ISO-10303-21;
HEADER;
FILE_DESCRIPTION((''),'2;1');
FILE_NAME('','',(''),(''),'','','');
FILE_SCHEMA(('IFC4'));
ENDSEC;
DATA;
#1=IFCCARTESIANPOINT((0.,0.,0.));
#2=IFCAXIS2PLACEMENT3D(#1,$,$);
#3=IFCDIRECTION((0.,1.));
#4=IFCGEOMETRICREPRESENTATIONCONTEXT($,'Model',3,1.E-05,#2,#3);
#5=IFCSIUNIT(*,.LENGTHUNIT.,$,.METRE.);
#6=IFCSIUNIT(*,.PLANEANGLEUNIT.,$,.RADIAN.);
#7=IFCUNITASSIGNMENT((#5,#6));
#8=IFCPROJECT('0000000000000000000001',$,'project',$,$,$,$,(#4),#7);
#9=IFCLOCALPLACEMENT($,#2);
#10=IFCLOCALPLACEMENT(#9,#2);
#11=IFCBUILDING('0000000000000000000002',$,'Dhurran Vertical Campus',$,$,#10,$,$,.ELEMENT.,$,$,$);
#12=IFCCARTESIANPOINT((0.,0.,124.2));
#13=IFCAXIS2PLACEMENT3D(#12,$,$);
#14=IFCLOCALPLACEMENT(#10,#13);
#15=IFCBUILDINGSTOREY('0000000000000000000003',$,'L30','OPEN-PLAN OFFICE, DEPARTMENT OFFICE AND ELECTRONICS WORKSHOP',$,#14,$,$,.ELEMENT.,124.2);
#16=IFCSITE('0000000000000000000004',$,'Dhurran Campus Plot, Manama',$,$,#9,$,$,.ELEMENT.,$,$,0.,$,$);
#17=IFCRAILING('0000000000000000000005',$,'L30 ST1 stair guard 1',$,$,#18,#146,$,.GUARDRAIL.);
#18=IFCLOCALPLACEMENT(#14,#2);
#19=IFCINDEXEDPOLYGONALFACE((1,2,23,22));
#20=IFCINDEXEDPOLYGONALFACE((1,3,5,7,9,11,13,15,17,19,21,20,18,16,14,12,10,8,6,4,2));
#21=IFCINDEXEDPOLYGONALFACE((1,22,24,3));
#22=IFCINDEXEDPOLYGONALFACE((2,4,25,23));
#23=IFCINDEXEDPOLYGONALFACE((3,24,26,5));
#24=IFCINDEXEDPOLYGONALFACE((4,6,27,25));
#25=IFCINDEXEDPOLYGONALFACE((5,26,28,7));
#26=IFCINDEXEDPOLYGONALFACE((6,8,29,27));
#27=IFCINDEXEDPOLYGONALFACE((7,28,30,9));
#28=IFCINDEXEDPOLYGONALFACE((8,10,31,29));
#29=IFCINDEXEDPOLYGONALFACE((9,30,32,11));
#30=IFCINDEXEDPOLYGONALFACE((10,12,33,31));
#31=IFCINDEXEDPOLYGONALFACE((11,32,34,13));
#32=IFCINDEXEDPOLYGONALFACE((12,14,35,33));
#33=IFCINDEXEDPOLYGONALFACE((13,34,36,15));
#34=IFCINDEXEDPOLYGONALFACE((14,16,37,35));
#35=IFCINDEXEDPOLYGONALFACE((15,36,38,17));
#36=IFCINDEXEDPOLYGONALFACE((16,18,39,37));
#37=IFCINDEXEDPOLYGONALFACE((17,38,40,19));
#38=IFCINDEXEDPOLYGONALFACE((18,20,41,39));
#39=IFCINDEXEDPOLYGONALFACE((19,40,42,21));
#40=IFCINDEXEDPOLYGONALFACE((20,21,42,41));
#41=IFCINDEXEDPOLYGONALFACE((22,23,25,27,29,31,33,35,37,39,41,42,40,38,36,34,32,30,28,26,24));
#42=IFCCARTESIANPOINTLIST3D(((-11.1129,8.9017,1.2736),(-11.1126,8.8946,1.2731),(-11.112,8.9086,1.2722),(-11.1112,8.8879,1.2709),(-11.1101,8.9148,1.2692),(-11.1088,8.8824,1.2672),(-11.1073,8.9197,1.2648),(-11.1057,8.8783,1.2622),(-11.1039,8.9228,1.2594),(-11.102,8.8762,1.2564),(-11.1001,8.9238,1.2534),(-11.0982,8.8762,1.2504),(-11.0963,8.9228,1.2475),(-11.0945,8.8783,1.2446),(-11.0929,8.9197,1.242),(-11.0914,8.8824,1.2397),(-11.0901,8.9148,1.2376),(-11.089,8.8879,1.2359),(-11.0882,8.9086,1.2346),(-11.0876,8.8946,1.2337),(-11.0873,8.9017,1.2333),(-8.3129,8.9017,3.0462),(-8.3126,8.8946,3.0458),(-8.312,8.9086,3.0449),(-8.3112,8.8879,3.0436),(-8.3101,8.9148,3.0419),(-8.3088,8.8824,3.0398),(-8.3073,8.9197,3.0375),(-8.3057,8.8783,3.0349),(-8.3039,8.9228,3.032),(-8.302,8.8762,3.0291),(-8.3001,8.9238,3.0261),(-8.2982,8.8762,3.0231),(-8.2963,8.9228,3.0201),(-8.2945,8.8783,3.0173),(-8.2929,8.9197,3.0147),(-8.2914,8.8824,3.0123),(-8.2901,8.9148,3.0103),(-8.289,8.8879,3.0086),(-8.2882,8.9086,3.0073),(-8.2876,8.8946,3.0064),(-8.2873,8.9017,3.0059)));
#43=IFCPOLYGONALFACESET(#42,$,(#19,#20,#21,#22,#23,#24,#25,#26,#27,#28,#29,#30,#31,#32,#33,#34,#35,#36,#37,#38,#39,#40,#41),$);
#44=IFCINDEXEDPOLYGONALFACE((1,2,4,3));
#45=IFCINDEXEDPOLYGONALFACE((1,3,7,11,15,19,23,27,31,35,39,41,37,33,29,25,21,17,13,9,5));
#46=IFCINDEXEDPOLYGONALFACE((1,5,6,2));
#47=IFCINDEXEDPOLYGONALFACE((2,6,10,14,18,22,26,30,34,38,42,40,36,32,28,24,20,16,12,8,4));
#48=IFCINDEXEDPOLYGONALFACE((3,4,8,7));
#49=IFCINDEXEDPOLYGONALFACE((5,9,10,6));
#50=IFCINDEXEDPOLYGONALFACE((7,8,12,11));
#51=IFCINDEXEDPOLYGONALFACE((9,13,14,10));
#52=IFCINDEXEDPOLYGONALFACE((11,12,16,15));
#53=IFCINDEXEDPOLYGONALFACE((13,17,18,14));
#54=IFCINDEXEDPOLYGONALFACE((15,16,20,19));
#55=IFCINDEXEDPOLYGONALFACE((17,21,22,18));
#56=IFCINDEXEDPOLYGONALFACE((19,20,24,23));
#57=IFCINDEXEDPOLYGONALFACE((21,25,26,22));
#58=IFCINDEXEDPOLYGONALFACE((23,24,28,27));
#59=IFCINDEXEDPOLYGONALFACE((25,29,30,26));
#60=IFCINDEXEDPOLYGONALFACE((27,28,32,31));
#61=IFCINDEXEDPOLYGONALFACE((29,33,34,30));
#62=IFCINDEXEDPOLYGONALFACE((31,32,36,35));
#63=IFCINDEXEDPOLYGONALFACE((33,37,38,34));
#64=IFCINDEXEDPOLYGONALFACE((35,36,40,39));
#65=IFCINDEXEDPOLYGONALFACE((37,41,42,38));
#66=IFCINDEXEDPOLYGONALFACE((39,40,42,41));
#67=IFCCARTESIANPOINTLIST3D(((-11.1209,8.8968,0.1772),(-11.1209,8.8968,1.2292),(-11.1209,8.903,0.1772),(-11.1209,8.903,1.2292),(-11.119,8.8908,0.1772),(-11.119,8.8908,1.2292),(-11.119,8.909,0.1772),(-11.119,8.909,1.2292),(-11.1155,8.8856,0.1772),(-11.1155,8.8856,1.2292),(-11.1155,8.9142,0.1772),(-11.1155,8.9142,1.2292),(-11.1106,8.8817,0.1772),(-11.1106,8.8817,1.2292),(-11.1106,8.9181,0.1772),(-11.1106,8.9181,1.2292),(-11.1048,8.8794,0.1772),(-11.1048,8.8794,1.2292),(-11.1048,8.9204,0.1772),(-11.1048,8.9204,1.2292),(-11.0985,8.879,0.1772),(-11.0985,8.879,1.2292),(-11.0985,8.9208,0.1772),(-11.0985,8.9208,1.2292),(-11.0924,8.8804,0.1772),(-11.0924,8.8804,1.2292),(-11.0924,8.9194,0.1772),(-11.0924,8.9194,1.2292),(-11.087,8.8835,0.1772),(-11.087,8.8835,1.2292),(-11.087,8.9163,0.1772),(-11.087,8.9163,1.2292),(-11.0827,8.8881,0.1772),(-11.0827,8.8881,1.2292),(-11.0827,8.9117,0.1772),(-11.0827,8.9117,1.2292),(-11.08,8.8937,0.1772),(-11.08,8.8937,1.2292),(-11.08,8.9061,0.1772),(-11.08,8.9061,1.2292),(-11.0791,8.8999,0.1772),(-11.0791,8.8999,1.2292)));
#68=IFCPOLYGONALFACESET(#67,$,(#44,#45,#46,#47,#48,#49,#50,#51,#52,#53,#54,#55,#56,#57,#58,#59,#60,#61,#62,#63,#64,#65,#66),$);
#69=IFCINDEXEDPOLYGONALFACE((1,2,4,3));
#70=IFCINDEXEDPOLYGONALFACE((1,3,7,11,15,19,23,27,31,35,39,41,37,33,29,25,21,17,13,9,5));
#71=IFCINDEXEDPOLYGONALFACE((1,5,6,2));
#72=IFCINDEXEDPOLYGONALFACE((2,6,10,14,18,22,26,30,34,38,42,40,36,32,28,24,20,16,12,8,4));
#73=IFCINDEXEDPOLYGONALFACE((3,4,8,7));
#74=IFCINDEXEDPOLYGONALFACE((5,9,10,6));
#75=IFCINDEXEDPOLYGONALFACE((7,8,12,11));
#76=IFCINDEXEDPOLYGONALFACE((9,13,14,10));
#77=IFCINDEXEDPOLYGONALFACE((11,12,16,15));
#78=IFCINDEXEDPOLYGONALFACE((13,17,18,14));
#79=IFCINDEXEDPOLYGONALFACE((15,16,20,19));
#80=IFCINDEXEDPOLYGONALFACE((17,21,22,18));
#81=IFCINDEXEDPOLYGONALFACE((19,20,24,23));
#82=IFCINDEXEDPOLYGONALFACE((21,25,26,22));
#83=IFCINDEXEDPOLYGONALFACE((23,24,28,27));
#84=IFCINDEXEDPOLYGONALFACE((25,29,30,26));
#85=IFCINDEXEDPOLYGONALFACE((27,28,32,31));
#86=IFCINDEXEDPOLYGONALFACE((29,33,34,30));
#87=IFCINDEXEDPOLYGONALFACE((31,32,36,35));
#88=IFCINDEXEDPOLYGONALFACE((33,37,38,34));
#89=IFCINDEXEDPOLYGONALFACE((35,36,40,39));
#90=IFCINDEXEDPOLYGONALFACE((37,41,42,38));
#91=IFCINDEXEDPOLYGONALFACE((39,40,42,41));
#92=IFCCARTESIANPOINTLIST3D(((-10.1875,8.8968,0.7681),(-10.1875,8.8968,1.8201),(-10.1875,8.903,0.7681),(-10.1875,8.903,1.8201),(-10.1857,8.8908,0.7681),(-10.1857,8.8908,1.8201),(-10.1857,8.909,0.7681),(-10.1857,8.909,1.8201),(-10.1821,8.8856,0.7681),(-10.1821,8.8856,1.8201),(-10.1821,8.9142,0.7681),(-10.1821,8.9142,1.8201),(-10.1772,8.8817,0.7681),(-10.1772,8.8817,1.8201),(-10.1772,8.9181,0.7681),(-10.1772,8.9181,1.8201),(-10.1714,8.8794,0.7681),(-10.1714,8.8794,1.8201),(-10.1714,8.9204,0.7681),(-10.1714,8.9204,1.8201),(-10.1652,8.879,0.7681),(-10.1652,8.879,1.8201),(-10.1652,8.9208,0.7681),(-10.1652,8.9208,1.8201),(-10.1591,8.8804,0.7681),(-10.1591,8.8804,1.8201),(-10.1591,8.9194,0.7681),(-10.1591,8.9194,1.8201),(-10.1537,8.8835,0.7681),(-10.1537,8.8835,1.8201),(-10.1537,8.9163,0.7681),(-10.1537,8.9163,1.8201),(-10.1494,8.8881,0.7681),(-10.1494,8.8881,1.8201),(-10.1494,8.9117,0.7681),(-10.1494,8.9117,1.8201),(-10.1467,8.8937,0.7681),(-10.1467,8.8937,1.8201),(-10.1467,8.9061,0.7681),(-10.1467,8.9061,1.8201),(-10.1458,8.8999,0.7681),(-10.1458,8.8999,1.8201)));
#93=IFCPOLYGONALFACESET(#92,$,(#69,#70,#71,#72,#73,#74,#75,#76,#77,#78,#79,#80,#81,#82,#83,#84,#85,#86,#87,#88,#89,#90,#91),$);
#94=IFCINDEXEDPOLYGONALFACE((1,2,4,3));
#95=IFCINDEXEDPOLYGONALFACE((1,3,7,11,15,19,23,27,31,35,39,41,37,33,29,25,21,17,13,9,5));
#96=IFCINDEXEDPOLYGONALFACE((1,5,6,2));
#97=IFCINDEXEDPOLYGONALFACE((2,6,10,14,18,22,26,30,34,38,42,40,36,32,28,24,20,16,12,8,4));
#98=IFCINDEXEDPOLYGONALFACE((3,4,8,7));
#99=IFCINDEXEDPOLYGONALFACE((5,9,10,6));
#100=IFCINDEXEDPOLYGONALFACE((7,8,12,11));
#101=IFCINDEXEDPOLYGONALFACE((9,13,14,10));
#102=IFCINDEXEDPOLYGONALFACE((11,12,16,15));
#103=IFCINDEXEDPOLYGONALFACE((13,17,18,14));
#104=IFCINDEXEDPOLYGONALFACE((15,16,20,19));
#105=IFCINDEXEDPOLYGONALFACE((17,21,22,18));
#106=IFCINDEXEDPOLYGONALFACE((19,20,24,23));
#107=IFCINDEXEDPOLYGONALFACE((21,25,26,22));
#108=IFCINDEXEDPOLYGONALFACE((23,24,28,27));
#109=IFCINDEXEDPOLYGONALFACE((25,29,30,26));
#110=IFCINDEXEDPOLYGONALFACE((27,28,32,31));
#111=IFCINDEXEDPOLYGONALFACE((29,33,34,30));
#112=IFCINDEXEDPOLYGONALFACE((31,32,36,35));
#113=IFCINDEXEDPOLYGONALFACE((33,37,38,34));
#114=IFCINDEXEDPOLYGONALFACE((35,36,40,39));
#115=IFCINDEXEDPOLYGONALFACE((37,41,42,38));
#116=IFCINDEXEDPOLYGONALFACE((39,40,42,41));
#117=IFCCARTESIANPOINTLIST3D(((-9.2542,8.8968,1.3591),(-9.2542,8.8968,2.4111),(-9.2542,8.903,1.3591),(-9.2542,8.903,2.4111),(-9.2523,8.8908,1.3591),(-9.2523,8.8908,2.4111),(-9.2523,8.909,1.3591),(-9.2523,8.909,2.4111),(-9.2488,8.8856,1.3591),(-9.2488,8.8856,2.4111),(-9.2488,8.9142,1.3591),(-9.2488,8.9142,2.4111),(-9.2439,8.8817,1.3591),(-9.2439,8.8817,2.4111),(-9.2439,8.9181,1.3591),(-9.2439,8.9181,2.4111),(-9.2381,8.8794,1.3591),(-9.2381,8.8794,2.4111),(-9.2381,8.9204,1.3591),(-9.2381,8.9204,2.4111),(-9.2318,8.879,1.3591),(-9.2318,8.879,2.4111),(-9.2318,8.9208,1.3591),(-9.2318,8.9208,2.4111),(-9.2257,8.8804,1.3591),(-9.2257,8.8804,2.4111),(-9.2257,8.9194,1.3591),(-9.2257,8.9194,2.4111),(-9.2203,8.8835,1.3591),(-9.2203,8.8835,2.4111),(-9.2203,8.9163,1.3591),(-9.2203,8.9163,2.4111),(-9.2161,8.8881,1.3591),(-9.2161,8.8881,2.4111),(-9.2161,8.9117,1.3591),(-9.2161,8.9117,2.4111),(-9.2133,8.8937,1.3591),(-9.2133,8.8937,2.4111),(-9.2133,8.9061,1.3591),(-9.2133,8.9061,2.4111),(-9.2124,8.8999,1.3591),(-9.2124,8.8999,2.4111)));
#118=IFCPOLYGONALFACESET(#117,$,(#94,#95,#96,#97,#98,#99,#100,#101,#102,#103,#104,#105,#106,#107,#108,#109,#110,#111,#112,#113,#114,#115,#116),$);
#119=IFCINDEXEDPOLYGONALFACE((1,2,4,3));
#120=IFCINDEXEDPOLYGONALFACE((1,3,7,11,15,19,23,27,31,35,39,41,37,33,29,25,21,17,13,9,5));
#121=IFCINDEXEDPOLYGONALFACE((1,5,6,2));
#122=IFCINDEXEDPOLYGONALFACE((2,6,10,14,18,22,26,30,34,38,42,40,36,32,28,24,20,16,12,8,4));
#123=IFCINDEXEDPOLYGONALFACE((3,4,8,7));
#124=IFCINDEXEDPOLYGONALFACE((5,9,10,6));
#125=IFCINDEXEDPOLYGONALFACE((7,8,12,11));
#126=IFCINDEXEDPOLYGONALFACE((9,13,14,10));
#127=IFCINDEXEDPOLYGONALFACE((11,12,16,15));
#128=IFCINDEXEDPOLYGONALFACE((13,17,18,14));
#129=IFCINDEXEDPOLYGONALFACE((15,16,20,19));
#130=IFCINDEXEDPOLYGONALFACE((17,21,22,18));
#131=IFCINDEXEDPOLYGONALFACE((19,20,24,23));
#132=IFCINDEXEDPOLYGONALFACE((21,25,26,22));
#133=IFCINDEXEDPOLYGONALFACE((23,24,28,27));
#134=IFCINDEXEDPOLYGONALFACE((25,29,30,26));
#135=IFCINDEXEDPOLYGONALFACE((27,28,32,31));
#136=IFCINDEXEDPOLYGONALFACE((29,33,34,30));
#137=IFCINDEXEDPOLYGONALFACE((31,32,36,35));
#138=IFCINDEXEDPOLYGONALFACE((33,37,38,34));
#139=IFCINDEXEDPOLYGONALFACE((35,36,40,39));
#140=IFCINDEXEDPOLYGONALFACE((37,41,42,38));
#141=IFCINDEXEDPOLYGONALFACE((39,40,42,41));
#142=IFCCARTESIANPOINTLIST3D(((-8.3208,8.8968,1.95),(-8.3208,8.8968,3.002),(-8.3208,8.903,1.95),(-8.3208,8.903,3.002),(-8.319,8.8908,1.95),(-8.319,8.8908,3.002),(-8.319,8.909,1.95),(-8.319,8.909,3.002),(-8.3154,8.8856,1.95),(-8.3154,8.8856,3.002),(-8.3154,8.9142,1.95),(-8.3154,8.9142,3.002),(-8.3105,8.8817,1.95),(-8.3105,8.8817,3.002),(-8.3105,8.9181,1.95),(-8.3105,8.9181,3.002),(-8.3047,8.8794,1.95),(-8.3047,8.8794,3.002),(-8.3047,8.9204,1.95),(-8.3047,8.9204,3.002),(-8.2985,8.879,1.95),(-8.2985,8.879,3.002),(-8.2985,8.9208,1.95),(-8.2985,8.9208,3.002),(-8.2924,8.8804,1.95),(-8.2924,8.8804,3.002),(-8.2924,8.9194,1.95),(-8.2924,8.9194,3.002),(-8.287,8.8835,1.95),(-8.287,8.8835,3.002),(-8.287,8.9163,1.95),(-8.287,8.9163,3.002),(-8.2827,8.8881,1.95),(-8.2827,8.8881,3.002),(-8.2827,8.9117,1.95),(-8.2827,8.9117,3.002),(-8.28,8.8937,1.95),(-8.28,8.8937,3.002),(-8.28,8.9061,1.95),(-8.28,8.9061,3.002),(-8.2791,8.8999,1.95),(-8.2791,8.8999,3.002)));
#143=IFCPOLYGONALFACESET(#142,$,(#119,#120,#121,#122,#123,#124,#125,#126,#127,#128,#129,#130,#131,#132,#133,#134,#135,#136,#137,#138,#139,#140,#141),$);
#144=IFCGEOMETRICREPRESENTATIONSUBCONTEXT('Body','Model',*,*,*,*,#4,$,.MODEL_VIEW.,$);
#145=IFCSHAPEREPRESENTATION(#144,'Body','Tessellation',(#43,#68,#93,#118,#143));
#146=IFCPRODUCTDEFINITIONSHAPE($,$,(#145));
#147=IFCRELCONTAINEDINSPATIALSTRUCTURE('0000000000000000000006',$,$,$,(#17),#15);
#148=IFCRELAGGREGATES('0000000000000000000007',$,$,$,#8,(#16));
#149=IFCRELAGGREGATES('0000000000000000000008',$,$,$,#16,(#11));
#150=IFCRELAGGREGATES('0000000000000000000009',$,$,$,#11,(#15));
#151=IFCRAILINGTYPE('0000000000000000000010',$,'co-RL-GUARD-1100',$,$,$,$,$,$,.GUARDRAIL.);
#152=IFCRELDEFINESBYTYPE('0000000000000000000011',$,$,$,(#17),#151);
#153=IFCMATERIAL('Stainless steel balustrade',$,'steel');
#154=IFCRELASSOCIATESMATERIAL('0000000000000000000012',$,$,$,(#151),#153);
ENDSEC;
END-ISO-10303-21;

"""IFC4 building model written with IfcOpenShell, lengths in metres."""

from ifc_helpers import new_model, si_unit, direction, frame, origin, origin_2d, place, context, subcontext, project, spatial, circle, extrude, material, type_object, element, save


model = new_model("IFC4")

# Units and contexts
model_context = context("Model", 3, precision=1e-05, world=origin(), true_north=direction((0.0, 1.0)))
body_context = subcontext(model_context, "Body", "Model", "MODEL_VIEW")
ifc_project = project(units=[si_unit("LENGTHUNIT", "METRE"), si_unit("PLANEANGLEUNIT", "RADIAN")], contexts=[model_context])

# Site, building, storey
site_placement = place(None, origin())
site = spatial("IfcSite", under=ifc_project, at=site_placement, Name="Dhurran Campus Plot, Manama", CompositionType="ELEMENT", RefElevation=0.0)
building_placement = place(site_placement, origin())
building = spatial("IfcBuilding", under=site, at=building_placement, Name="Dhurran Vertical Campus", CompositionType="ELEMENT")
storey_placement = place(building_placement, frame((0.0, 0.0, 124.2)))
storey = spatial("IfcBuildingStorey", under=building, at=storey_placement, Name="L30", Description="OPEN-PLAN OFFICE, DEPARTMENT OFFICE AND ELECTRONICS WORKSHOP", CompositionType="ELEMENT", Elevation=124.2)

# Railing
ifc_material_1 = material(Name="Stainless steel balustrade", Category="steel")
railing_type_1 = type_object("IfcRailingType", Name="co-RL-GUARD-1100", PredefinedType="GUARDRAIL", material=ifc_material_1)
railing_1_placement = place(storey_placement, frame((-11.1001, 8.8999, 0.1772)))
element("IfcRailing", 1, at=railing_1_placement, inside=storey, type_object=railing_type_1, Name="L30 ST1 stair guard 1", PredefinedType="GUARDRAIL", context=body_context, shape_type="SweptSolid", body=[
    extrude(circle(Radius=0.0239, at=origin_2d()), frame((0.0, 0.0, 1.0762), z_axis=(0.844909, 0.0, 0.53491), x_axis=(0.0, 1.0, 0.0)), (0.0, 0.0, 1.0), 3.314),
    extrude(circle(Radius=0.021, at=origin_2d()), origin(), (0.0, 0.0, 1.0), 1.052),
    extrude(circle(Radius=0.021, at=origin_2d()), frame((0.9333, 0.0, 0.5908)), (0.0, 0.0, 1.0), 1.052),
    extrude(circle(Radius=0.021, at=origin_2d()), frame((1.8667, 0.0, 1.1819)), (0.0, 0.0, 1.0), 1.052),
    extrude(circle(Radius=0.021, at=origin_2d()), frame((2.8, 0.0, 1.7727)), (0.0, 0.0, 1.0), 1.052),
])

save(model, "model.ifc")
